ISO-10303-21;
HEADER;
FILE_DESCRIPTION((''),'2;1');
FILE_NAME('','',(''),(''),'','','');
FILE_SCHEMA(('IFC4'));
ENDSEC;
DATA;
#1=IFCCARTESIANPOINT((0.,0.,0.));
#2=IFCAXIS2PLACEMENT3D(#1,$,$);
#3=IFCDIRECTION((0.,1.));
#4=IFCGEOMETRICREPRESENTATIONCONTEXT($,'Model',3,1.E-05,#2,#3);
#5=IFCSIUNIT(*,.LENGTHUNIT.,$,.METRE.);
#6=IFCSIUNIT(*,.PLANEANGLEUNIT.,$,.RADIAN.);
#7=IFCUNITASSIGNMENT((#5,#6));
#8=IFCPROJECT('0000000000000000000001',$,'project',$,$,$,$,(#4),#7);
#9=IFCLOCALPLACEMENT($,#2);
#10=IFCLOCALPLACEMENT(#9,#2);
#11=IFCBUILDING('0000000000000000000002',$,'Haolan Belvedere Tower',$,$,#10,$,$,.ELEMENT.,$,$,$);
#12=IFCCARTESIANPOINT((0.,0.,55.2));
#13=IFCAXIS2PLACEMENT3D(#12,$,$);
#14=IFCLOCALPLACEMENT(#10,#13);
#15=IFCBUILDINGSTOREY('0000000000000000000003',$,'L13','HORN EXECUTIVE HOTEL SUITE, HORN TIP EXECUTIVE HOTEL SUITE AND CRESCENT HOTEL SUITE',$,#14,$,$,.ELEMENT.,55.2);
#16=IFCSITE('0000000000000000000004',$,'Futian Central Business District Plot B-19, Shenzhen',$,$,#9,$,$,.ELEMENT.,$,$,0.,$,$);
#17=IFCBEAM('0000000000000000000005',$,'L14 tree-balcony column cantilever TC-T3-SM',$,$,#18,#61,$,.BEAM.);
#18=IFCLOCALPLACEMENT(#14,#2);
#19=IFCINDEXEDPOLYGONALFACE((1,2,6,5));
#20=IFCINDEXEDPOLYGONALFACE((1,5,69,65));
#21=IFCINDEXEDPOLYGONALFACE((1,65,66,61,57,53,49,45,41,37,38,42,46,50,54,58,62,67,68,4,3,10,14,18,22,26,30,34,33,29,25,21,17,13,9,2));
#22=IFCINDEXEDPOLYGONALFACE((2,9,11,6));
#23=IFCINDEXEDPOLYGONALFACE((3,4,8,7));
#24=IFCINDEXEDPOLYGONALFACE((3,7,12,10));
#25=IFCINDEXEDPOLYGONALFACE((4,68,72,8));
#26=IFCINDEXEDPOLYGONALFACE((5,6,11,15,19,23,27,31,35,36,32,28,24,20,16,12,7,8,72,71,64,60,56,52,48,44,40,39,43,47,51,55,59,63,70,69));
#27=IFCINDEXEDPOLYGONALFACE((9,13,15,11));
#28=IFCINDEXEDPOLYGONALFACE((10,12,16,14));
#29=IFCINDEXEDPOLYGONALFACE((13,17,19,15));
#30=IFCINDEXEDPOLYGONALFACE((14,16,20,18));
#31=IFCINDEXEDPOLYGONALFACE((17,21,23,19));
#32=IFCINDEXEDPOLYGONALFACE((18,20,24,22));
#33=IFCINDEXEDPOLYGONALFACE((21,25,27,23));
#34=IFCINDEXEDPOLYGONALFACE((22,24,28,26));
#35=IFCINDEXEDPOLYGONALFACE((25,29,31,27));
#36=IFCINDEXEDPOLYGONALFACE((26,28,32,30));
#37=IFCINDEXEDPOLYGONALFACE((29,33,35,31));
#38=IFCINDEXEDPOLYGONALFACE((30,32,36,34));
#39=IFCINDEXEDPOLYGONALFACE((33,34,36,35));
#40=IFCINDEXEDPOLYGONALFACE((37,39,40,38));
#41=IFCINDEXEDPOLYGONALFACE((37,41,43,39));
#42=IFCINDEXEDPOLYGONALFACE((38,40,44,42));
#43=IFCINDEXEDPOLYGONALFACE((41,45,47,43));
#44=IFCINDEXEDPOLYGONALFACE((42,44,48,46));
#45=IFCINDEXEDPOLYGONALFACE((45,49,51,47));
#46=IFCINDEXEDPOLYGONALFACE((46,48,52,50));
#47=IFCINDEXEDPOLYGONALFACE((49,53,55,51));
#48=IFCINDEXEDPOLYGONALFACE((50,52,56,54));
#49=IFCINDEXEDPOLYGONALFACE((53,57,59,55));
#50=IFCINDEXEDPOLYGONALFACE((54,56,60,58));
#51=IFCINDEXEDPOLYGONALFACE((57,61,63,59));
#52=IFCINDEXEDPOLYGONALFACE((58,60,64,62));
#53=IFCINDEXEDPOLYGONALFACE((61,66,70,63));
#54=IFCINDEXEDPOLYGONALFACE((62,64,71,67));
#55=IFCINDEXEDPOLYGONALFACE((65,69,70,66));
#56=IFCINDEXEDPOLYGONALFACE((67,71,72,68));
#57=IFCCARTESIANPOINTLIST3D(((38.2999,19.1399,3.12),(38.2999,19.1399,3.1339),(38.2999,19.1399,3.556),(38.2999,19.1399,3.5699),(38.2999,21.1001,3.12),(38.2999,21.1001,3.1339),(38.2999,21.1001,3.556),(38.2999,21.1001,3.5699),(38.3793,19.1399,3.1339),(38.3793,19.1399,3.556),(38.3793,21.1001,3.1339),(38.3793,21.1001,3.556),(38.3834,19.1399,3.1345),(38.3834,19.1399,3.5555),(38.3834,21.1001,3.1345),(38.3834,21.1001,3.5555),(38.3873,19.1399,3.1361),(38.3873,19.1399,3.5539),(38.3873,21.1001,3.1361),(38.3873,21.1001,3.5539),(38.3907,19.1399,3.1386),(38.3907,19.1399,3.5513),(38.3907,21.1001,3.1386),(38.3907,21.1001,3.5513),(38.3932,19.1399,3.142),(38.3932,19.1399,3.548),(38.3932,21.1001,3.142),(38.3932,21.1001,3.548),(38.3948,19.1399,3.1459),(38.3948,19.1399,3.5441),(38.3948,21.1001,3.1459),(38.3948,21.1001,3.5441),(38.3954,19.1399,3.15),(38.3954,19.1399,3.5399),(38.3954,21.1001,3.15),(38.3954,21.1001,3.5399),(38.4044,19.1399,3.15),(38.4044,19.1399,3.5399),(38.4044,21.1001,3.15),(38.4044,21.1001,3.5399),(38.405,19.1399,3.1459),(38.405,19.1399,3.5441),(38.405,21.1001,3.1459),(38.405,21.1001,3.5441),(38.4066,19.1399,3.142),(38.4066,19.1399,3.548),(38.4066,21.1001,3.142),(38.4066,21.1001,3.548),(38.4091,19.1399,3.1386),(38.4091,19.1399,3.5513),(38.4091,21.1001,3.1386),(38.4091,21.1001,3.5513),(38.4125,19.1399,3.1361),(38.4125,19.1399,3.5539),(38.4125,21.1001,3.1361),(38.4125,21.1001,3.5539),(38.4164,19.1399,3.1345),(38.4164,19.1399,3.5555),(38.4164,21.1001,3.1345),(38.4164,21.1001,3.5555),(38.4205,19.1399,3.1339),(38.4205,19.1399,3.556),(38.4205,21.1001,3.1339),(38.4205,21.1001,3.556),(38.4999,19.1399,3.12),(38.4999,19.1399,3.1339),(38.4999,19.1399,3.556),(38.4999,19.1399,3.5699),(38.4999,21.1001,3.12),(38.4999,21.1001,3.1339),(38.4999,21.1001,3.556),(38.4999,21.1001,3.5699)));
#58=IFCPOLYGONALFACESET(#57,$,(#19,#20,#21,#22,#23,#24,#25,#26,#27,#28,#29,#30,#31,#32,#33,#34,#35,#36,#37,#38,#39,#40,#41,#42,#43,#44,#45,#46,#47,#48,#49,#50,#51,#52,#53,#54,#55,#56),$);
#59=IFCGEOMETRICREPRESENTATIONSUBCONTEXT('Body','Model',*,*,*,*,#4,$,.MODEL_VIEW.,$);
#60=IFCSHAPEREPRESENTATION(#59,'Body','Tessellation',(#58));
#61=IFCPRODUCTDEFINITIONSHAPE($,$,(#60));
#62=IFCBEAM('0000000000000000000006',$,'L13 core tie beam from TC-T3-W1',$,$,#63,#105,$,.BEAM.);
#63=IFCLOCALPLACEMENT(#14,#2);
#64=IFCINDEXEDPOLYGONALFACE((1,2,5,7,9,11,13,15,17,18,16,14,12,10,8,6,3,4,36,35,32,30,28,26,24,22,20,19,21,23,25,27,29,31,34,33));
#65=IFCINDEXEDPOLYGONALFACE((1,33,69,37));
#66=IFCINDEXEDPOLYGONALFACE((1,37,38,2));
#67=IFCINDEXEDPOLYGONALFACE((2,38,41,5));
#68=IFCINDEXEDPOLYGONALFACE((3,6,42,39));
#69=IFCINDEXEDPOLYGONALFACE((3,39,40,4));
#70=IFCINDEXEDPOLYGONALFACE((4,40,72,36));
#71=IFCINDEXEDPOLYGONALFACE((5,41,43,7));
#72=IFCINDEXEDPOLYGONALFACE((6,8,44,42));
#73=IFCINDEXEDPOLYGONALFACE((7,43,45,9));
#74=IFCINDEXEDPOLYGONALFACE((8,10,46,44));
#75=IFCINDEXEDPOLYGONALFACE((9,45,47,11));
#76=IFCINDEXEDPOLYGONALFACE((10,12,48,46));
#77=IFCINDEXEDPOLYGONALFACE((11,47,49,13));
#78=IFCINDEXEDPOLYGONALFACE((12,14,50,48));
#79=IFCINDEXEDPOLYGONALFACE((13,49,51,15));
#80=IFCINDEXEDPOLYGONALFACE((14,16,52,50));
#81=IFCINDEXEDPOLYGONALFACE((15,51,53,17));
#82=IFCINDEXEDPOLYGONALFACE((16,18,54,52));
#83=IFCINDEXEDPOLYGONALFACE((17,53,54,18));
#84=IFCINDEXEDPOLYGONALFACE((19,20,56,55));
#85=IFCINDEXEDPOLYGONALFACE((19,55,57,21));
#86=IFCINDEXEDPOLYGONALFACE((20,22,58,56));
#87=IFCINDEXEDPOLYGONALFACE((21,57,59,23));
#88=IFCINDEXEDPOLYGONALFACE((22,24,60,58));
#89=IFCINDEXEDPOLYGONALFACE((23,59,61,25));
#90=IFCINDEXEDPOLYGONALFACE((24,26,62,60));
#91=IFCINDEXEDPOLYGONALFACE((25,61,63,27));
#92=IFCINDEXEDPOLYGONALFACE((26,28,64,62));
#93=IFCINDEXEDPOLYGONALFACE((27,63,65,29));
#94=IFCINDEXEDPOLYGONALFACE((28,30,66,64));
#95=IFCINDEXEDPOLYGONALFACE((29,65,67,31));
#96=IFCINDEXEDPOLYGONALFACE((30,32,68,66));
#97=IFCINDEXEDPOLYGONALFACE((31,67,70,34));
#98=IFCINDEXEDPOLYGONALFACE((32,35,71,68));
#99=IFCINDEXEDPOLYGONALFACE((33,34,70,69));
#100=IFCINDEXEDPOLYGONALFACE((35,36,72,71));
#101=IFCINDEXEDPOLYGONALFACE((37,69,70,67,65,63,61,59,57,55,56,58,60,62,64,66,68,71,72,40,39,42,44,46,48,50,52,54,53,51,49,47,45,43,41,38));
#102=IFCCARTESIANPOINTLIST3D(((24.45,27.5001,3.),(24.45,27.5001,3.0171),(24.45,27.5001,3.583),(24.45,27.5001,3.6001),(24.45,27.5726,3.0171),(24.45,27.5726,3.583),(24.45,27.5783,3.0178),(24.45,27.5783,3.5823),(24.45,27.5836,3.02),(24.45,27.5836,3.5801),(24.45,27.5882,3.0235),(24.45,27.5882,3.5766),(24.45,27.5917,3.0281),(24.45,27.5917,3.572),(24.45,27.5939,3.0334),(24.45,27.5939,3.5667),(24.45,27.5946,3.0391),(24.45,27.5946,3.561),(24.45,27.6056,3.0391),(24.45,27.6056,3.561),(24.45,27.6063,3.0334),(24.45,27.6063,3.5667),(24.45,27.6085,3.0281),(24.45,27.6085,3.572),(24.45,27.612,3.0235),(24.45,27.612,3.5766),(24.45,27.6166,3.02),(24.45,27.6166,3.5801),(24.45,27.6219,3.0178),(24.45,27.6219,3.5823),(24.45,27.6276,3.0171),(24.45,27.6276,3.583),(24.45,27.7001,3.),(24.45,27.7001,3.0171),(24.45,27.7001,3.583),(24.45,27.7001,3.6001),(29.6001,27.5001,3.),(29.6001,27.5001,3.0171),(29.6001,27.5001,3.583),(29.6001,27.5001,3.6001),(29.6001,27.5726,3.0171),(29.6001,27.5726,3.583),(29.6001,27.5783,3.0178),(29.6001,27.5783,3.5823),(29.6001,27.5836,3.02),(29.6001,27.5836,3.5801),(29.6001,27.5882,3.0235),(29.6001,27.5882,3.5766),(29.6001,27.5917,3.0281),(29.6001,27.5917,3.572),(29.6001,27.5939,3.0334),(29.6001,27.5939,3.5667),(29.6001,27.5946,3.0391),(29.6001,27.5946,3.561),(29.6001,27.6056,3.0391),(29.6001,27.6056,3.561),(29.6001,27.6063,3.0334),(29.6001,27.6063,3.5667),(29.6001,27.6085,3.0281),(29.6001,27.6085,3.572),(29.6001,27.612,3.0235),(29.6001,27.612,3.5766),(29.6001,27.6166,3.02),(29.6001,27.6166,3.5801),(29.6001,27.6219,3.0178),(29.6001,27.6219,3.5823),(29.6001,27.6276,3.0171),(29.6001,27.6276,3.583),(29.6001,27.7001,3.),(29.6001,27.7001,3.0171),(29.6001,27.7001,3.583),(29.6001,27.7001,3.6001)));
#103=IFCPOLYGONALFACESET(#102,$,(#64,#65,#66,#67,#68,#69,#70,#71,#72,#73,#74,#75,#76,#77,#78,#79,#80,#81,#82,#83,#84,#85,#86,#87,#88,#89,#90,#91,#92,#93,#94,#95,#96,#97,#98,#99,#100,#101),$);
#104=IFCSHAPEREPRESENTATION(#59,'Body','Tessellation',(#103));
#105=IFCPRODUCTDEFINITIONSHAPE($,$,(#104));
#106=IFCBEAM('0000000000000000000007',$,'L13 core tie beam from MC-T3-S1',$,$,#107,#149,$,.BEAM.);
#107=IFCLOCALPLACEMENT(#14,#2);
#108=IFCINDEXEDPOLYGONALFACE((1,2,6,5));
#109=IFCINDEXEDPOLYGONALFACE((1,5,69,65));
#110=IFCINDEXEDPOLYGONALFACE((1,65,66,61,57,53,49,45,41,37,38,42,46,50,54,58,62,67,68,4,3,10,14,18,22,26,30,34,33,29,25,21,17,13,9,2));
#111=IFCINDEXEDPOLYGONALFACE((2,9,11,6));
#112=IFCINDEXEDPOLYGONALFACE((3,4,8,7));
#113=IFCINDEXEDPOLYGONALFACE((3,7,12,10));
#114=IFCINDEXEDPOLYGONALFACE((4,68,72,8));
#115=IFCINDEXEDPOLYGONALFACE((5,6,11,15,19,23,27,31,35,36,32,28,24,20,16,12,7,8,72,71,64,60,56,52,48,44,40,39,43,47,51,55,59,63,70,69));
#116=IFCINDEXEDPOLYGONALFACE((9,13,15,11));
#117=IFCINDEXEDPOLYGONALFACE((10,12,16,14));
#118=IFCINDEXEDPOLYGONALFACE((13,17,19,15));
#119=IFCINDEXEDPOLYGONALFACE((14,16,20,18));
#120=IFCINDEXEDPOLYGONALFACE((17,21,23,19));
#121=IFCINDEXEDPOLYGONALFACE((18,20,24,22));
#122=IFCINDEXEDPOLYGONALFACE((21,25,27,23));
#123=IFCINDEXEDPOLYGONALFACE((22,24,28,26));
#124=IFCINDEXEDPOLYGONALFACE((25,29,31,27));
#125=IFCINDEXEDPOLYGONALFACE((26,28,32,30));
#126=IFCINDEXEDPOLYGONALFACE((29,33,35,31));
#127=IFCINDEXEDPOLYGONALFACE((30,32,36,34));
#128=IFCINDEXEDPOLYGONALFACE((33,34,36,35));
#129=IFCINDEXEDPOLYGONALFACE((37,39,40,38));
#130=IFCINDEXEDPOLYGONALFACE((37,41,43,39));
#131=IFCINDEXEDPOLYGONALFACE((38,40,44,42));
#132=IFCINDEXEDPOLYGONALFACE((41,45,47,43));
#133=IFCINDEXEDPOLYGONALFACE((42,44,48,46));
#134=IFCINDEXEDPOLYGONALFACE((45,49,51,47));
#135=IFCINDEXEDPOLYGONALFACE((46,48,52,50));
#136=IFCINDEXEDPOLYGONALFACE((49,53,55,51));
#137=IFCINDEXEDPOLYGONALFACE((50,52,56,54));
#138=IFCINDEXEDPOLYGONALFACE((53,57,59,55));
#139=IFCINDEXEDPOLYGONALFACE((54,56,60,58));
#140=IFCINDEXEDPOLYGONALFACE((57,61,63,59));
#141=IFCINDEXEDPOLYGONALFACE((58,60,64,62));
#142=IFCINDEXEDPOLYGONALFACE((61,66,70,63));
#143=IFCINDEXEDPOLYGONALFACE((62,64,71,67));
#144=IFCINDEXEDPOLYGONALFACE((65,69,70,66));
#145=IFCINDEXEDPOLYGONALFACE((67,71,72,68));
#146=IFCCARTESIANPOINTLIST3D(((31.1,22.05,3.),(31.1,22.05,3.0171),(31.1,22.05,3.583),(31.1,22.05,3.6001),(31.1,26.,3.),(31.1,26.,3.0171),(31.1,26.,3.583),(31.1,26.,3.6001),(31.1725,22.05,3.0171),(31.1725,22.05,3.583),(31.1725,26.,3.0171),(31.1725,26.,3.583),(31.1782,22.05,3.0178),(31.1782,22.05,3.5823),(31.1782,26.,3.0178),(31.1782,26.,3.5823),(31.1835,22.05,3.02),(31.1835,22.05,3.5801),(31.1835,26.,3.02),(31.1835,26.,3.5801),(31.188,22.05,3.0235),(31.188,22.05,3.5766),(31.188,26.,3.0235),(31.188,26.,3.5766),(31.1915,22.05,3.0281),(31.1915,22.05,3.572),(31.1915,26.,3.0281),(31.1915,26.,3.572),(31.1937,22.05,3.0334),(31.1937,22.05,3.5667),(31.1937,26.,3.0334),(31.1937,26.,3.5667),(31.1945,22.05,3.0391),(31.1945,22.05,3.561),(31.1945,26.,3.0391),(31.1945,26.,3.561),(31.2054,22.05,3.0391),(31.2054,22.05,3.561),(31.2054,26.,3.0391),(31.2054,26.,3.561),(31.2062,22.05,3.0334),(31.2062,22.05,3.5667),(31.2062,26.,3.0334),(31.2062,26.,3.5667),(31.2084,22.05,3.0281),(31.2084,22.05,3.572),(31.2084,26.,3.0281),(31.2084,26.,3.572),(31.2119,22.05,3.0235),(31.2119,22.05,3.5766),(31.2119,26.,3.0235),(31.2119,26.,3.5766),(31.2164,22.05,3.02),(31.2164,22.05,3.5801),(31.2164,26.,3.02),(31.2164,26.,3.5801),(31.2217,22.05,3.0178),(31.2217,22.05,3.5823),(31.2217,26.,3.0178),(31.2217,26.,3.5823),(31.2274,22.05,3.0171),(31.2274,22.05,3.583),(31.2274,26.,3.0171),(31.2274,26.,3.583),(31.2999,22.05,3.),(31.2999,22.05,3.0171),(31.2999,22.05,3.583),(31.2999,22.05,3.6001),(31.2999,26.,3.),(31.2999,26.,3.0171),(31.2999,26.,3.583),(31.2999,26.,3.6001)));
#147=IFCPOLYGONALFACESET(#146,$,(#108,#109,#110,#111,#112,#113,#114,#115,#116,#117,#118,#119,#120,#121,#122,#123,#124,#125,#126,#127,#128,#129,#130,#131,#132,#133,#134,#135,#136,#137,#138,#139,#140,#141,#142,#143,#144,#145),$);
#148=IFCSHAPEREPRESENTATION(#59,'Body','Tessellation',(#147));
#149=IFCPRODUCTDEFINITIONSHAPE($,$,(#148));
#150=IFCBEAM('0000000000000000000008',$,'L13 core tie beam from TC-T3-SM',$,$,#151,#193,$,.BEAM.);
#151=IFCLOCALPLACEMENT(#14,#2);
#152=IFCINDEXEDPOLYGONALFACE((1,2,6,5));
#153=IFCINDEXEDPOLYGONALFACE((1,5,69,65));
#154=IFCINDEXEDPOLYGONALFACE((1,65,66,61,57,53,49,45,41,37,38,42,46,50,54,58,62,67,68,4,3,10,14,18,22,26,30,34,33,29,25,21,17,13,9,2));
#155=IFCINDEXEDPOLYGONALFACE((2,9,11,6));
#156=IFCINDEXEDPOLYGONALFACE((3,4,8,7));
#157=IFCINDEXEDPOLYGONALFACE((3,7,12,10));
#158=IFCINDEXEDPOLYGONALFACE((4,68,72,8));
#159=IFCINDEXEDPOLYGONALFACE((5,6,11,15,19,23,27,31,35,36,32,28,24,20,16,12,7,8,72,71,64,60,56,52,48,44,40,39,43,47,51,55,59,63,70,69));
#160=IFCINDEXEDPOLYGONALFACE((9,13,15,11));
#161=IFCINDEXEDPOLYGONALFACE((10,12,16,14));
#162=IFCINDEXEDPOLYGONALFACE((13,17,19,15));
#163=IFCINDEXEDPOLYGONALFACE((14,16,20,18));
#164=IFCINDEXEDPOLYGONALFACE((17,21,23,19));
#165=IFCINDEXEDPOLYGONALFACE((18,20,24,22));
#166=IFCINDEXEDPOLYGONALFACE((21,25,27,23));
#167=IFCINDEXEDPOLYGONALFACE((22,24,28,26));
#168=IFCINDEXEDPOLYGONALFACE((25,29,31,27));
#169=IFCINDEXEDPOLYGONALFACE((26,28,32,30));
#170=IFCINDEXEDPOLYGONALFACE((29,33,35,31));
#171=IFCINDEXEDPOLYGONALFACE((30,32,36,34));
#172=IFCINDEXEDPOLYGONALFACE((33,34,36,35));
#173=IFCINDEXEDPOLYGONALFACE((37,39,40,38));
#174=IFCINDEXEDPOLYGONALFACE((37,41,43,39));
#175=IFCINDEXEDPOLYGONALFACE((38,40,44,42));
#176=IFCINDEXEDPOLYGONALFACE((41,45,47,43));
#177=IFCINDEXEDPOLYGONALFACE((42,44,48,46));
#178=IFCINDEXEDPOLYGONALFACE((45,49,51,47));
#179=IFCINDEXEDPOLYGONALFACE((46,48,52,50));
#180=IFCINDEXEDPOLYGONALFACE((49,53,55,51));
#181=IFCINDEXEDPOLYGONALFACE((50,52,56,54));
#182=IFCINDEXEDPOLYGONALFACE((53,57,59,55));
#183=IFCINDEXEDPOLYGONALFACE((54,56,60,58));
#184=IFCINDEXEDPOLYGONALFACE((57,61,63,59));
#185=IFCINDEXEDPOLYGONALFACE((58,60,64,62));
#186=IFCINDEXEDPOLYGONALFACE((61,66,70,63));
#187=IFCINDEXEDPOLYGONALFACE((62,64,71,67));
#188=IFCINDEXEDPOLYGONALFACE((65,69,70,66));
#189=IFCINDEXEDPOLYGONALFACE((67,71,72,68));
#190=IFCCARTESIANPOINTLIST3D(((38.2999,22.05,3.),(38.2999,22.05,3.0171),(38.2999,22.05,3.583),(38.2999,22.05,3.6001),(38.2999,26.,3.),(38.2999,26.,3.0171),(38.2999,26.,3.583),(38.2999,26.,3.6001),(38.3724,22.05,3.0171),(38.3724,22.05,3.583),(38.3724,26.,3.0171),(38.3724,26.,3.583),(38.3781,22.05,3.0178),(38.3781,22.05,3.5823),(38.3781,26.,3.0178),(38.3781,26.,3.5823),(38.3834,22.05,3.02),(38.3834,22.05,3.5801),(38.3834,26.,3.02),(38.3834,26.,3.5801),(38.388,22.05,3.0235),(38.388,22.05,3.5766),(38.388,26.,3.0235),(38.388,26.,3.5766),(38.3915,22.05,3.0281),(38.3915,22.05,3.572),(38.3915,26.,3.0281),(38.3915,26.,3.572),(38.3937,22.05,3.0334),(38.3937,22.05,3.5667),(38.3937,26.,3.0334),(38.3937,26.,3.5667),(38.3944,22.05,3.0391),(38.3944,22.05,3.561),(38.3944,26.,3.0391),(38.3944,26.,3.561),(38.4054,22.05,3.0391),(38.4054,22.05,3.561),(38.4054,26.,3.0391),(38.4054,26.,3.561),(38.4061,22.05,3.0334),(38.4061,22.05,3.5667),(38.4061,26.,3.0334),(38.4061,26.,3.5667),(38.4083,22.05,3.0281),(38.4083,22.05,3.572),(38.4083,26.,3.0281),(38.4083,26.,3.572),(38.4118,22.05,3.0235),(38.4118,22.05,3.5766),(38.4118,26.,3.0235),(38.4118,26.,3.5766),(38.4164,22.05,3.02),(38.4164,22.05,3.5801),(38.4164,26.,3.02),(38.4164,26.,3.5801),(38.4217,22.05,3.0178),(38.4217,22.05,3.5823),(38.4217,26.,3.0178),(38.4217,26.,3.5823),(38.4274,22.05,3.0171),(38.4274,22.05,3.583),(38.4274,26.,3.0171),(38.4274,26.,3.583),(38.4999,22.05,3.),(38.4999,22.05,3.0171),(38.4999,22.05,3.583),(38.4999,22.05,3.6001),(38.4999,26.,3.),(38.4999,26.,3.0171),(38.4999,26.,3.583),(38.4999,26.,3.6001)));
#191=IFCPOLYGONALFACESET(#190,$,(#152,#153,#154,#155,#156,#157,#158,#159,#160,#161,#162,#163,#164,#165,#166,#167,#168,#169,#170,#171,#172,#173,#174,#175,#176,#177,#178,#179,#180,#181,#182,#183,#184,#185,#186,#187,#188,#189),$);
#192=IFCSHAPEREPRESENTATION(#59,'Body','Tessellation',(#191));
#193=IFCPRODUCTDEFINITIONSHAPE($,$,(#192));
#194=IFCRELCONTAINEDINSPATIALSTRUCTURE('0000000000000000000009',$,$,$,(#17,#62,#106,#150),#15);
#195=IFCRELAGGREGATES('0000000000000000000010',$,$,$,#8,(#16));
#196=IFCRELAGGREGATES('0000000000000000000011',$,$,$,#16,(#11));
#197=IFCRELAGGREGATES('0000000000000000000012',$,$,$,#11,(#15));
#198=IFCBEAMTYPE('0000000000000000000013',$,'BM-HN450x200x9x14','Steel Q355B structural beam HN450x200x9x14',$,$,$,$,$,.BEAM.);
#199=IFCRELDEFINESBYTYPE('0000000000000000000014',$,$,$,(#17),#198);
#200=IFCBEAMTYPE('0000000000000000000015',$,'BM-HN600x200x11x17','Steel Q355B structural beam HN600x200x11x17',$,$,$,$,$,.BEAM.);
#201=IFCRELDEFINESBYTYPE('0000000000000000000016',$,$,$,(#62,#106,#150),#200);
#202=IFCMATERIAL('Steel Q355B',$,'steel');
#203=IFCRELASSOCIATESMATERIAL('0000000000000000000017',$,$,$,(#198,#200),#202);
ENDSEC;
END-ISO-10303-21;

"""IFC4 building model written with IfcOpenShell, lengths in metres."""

from ifc_helpers import new_model, si_unit, direction, frame, origin, origin_2d, place, context, subcontext, project, spatial, i_section, extrude, material, material_profile, profile_set, type_object, element, save


model = new_model("IFC4")

# Units and contexts
model_context = context("Model", 3, precision=1e-05, world=origin(), true_north=direction((0.0, 1.0)))
body_context = subcontext(model_context, "Body", "Model", "MODEL_VIEW")
ifc_project = project(units=[si_unit("LENGTHUNIT", "METRE"), si_unit("PLANEANGLEUNIT", "RADIAN")], contexts=[model_context])

# Site, building, storey
site_placement = place(None, origin())
site = spatial("IfcSite", under=ifc_project, at=site_placement, Name="Futian Central Business District Plot B-19, Shenzhen", CompositionType="ELEMENT", RefElevation=0.0)
building_placement = place(site_placement, origin())
building = spatial("IfcBuilding", under=site, at=building_placement, Name="Haolan Belvedere Tower", CompositionType="ELEMENT")
storey_placement = place(building_placement, frame((0.0, 0.0, 55.2)))
storey = spatial("IfcBuildingStorey", under=building, at=storey_placement, Name="L13", Description="HORN EXECUTIVE HOTEL SUITE, HORN TIP EXECUTIVE HOTEL SUITE AND CRESCENT HOTEL SUITE", CompositionType="ELEMENT", Elevation=55.2)

# Shared definitions
ifc_material_1 = material(Name="Steel Q355B", Category="steel")

# Beams
ifc_material_profile_1 = material_profile(ifc_material_1, i_section(OverallWidth=0.2, OverallDepth=0.45, WebThickness=0.009, FlangeThickness=0.0139, FilletRadius=0.0161, at=origin_2d()), Name="Steel Q355B")
ifc_profile_set_1 = profile_set([ifc_material_profile_1], Name="Steel Q355B")
beam_type_1 = type_object("IfcBeamType", Name="BM-HN450x200x9x14", Description="Steel Q355B structural beam HN450x200x9x14", PredefinedType="BEAM", material=ifc_profile_set_1)
beam_1_placement = place(storey_placement, frame((38.3999, 21.1001, 3.345), z_axis=(0.0, -1.0, 0.0), x_axis=(1.0, 0.0, 0.0)))
element("IfcBeam", 1, at=beam_1_placement, inside=storey, type_object=beam_type_1, Name="L14 tree-balcony column cantilever TC-T3-SM", PredefinedType="BEAM", context=body_context, shape_type="SweptSolid", body=[
    extrude(i_section(OverallWidth=0.2, OverallDepth=0.45, WebThickness=0.009, FlangeThickness=0.0139, FilletRadius=0.0161, at=origin_2d()), origin(), (0.0, 0.0, 1.0), 1.9602),
])
ifc_material_profile_2 = material_profile(ifc_material_1, i_section(OverallWidth=0.2, OverallDepth=0.6001, WebThickness=0.011, FlangeThickness=0.0171, FilletRadius=0.022, at=origin_2d()), Name="Steel Q355B")
ifc_profile_set_2 = profile_set([ifc_material_profile_2], Name="Steel Q355B")
beam_type_2 = type_object("IfcBeamType", Name="BM-HN600x200x11x17", Description="Steel Q355B structural beam HN600x200x11x17", PredefinedType="BEAM", material=ifc_profile_set_2)
beam_2_placement = place(storey_placement, frame((24.45, 27.6001, 3.3), z_axis=(1.0, 0.0, 0.0), x_axis=(0.0, 1.0, 0.0)))
element("IfcBeam", 2, at=beam_2_placement, inside=storey, type_object=beam_type_2, Name="L13 core tie beam from TC-T3-W1", PredefinedType="BEAM", context=body_context, shape_type="SweptSolid", body=[
    extrude(i_section(OverallWidth=0.2, OverallDepth=0.6001, WebThickness=0.011, FlangeThickness=0.0171, FilletRadius=0.022, at=origin_2d()), origin(), (0.0, 0.0, 1.0), 5.1501),
])
for number, where, z_axis, x_axis, name in (
    (3, (31.2, 22.05, 3.3), (0.0, 1.0, 0.0), (-1.0, 0.0, 0.0), "L13 core tie beam from MC-T3-S1"),
    (4, (38.3999, 22.05, 3.3), (0.0, 1.0, 0.0), (-1.0, 0.0, 0.0), "L13 core tie beam from TC-T3-SM"),
):
    element("IfcBeam", number, at=place(storey_placement, frame(where, z_axis=z_axis, x_axis=x_axis)), inside=storey, type_object=beam_type_2, Name=name, PredefinedType="BEAM", context=body_context, shape_type="SweptSolid", body=[
        extrude(i_section(OverallWidth=0.2, OverallDepth=0.6001, WebThickness=0.011, FlangeThickness=0.0171, FilletRadius=0.022, at=origin_2d()), origin(), (0.0, 0.0, 1.0), 3.95),
    ])

save(model, "model.ifc")
